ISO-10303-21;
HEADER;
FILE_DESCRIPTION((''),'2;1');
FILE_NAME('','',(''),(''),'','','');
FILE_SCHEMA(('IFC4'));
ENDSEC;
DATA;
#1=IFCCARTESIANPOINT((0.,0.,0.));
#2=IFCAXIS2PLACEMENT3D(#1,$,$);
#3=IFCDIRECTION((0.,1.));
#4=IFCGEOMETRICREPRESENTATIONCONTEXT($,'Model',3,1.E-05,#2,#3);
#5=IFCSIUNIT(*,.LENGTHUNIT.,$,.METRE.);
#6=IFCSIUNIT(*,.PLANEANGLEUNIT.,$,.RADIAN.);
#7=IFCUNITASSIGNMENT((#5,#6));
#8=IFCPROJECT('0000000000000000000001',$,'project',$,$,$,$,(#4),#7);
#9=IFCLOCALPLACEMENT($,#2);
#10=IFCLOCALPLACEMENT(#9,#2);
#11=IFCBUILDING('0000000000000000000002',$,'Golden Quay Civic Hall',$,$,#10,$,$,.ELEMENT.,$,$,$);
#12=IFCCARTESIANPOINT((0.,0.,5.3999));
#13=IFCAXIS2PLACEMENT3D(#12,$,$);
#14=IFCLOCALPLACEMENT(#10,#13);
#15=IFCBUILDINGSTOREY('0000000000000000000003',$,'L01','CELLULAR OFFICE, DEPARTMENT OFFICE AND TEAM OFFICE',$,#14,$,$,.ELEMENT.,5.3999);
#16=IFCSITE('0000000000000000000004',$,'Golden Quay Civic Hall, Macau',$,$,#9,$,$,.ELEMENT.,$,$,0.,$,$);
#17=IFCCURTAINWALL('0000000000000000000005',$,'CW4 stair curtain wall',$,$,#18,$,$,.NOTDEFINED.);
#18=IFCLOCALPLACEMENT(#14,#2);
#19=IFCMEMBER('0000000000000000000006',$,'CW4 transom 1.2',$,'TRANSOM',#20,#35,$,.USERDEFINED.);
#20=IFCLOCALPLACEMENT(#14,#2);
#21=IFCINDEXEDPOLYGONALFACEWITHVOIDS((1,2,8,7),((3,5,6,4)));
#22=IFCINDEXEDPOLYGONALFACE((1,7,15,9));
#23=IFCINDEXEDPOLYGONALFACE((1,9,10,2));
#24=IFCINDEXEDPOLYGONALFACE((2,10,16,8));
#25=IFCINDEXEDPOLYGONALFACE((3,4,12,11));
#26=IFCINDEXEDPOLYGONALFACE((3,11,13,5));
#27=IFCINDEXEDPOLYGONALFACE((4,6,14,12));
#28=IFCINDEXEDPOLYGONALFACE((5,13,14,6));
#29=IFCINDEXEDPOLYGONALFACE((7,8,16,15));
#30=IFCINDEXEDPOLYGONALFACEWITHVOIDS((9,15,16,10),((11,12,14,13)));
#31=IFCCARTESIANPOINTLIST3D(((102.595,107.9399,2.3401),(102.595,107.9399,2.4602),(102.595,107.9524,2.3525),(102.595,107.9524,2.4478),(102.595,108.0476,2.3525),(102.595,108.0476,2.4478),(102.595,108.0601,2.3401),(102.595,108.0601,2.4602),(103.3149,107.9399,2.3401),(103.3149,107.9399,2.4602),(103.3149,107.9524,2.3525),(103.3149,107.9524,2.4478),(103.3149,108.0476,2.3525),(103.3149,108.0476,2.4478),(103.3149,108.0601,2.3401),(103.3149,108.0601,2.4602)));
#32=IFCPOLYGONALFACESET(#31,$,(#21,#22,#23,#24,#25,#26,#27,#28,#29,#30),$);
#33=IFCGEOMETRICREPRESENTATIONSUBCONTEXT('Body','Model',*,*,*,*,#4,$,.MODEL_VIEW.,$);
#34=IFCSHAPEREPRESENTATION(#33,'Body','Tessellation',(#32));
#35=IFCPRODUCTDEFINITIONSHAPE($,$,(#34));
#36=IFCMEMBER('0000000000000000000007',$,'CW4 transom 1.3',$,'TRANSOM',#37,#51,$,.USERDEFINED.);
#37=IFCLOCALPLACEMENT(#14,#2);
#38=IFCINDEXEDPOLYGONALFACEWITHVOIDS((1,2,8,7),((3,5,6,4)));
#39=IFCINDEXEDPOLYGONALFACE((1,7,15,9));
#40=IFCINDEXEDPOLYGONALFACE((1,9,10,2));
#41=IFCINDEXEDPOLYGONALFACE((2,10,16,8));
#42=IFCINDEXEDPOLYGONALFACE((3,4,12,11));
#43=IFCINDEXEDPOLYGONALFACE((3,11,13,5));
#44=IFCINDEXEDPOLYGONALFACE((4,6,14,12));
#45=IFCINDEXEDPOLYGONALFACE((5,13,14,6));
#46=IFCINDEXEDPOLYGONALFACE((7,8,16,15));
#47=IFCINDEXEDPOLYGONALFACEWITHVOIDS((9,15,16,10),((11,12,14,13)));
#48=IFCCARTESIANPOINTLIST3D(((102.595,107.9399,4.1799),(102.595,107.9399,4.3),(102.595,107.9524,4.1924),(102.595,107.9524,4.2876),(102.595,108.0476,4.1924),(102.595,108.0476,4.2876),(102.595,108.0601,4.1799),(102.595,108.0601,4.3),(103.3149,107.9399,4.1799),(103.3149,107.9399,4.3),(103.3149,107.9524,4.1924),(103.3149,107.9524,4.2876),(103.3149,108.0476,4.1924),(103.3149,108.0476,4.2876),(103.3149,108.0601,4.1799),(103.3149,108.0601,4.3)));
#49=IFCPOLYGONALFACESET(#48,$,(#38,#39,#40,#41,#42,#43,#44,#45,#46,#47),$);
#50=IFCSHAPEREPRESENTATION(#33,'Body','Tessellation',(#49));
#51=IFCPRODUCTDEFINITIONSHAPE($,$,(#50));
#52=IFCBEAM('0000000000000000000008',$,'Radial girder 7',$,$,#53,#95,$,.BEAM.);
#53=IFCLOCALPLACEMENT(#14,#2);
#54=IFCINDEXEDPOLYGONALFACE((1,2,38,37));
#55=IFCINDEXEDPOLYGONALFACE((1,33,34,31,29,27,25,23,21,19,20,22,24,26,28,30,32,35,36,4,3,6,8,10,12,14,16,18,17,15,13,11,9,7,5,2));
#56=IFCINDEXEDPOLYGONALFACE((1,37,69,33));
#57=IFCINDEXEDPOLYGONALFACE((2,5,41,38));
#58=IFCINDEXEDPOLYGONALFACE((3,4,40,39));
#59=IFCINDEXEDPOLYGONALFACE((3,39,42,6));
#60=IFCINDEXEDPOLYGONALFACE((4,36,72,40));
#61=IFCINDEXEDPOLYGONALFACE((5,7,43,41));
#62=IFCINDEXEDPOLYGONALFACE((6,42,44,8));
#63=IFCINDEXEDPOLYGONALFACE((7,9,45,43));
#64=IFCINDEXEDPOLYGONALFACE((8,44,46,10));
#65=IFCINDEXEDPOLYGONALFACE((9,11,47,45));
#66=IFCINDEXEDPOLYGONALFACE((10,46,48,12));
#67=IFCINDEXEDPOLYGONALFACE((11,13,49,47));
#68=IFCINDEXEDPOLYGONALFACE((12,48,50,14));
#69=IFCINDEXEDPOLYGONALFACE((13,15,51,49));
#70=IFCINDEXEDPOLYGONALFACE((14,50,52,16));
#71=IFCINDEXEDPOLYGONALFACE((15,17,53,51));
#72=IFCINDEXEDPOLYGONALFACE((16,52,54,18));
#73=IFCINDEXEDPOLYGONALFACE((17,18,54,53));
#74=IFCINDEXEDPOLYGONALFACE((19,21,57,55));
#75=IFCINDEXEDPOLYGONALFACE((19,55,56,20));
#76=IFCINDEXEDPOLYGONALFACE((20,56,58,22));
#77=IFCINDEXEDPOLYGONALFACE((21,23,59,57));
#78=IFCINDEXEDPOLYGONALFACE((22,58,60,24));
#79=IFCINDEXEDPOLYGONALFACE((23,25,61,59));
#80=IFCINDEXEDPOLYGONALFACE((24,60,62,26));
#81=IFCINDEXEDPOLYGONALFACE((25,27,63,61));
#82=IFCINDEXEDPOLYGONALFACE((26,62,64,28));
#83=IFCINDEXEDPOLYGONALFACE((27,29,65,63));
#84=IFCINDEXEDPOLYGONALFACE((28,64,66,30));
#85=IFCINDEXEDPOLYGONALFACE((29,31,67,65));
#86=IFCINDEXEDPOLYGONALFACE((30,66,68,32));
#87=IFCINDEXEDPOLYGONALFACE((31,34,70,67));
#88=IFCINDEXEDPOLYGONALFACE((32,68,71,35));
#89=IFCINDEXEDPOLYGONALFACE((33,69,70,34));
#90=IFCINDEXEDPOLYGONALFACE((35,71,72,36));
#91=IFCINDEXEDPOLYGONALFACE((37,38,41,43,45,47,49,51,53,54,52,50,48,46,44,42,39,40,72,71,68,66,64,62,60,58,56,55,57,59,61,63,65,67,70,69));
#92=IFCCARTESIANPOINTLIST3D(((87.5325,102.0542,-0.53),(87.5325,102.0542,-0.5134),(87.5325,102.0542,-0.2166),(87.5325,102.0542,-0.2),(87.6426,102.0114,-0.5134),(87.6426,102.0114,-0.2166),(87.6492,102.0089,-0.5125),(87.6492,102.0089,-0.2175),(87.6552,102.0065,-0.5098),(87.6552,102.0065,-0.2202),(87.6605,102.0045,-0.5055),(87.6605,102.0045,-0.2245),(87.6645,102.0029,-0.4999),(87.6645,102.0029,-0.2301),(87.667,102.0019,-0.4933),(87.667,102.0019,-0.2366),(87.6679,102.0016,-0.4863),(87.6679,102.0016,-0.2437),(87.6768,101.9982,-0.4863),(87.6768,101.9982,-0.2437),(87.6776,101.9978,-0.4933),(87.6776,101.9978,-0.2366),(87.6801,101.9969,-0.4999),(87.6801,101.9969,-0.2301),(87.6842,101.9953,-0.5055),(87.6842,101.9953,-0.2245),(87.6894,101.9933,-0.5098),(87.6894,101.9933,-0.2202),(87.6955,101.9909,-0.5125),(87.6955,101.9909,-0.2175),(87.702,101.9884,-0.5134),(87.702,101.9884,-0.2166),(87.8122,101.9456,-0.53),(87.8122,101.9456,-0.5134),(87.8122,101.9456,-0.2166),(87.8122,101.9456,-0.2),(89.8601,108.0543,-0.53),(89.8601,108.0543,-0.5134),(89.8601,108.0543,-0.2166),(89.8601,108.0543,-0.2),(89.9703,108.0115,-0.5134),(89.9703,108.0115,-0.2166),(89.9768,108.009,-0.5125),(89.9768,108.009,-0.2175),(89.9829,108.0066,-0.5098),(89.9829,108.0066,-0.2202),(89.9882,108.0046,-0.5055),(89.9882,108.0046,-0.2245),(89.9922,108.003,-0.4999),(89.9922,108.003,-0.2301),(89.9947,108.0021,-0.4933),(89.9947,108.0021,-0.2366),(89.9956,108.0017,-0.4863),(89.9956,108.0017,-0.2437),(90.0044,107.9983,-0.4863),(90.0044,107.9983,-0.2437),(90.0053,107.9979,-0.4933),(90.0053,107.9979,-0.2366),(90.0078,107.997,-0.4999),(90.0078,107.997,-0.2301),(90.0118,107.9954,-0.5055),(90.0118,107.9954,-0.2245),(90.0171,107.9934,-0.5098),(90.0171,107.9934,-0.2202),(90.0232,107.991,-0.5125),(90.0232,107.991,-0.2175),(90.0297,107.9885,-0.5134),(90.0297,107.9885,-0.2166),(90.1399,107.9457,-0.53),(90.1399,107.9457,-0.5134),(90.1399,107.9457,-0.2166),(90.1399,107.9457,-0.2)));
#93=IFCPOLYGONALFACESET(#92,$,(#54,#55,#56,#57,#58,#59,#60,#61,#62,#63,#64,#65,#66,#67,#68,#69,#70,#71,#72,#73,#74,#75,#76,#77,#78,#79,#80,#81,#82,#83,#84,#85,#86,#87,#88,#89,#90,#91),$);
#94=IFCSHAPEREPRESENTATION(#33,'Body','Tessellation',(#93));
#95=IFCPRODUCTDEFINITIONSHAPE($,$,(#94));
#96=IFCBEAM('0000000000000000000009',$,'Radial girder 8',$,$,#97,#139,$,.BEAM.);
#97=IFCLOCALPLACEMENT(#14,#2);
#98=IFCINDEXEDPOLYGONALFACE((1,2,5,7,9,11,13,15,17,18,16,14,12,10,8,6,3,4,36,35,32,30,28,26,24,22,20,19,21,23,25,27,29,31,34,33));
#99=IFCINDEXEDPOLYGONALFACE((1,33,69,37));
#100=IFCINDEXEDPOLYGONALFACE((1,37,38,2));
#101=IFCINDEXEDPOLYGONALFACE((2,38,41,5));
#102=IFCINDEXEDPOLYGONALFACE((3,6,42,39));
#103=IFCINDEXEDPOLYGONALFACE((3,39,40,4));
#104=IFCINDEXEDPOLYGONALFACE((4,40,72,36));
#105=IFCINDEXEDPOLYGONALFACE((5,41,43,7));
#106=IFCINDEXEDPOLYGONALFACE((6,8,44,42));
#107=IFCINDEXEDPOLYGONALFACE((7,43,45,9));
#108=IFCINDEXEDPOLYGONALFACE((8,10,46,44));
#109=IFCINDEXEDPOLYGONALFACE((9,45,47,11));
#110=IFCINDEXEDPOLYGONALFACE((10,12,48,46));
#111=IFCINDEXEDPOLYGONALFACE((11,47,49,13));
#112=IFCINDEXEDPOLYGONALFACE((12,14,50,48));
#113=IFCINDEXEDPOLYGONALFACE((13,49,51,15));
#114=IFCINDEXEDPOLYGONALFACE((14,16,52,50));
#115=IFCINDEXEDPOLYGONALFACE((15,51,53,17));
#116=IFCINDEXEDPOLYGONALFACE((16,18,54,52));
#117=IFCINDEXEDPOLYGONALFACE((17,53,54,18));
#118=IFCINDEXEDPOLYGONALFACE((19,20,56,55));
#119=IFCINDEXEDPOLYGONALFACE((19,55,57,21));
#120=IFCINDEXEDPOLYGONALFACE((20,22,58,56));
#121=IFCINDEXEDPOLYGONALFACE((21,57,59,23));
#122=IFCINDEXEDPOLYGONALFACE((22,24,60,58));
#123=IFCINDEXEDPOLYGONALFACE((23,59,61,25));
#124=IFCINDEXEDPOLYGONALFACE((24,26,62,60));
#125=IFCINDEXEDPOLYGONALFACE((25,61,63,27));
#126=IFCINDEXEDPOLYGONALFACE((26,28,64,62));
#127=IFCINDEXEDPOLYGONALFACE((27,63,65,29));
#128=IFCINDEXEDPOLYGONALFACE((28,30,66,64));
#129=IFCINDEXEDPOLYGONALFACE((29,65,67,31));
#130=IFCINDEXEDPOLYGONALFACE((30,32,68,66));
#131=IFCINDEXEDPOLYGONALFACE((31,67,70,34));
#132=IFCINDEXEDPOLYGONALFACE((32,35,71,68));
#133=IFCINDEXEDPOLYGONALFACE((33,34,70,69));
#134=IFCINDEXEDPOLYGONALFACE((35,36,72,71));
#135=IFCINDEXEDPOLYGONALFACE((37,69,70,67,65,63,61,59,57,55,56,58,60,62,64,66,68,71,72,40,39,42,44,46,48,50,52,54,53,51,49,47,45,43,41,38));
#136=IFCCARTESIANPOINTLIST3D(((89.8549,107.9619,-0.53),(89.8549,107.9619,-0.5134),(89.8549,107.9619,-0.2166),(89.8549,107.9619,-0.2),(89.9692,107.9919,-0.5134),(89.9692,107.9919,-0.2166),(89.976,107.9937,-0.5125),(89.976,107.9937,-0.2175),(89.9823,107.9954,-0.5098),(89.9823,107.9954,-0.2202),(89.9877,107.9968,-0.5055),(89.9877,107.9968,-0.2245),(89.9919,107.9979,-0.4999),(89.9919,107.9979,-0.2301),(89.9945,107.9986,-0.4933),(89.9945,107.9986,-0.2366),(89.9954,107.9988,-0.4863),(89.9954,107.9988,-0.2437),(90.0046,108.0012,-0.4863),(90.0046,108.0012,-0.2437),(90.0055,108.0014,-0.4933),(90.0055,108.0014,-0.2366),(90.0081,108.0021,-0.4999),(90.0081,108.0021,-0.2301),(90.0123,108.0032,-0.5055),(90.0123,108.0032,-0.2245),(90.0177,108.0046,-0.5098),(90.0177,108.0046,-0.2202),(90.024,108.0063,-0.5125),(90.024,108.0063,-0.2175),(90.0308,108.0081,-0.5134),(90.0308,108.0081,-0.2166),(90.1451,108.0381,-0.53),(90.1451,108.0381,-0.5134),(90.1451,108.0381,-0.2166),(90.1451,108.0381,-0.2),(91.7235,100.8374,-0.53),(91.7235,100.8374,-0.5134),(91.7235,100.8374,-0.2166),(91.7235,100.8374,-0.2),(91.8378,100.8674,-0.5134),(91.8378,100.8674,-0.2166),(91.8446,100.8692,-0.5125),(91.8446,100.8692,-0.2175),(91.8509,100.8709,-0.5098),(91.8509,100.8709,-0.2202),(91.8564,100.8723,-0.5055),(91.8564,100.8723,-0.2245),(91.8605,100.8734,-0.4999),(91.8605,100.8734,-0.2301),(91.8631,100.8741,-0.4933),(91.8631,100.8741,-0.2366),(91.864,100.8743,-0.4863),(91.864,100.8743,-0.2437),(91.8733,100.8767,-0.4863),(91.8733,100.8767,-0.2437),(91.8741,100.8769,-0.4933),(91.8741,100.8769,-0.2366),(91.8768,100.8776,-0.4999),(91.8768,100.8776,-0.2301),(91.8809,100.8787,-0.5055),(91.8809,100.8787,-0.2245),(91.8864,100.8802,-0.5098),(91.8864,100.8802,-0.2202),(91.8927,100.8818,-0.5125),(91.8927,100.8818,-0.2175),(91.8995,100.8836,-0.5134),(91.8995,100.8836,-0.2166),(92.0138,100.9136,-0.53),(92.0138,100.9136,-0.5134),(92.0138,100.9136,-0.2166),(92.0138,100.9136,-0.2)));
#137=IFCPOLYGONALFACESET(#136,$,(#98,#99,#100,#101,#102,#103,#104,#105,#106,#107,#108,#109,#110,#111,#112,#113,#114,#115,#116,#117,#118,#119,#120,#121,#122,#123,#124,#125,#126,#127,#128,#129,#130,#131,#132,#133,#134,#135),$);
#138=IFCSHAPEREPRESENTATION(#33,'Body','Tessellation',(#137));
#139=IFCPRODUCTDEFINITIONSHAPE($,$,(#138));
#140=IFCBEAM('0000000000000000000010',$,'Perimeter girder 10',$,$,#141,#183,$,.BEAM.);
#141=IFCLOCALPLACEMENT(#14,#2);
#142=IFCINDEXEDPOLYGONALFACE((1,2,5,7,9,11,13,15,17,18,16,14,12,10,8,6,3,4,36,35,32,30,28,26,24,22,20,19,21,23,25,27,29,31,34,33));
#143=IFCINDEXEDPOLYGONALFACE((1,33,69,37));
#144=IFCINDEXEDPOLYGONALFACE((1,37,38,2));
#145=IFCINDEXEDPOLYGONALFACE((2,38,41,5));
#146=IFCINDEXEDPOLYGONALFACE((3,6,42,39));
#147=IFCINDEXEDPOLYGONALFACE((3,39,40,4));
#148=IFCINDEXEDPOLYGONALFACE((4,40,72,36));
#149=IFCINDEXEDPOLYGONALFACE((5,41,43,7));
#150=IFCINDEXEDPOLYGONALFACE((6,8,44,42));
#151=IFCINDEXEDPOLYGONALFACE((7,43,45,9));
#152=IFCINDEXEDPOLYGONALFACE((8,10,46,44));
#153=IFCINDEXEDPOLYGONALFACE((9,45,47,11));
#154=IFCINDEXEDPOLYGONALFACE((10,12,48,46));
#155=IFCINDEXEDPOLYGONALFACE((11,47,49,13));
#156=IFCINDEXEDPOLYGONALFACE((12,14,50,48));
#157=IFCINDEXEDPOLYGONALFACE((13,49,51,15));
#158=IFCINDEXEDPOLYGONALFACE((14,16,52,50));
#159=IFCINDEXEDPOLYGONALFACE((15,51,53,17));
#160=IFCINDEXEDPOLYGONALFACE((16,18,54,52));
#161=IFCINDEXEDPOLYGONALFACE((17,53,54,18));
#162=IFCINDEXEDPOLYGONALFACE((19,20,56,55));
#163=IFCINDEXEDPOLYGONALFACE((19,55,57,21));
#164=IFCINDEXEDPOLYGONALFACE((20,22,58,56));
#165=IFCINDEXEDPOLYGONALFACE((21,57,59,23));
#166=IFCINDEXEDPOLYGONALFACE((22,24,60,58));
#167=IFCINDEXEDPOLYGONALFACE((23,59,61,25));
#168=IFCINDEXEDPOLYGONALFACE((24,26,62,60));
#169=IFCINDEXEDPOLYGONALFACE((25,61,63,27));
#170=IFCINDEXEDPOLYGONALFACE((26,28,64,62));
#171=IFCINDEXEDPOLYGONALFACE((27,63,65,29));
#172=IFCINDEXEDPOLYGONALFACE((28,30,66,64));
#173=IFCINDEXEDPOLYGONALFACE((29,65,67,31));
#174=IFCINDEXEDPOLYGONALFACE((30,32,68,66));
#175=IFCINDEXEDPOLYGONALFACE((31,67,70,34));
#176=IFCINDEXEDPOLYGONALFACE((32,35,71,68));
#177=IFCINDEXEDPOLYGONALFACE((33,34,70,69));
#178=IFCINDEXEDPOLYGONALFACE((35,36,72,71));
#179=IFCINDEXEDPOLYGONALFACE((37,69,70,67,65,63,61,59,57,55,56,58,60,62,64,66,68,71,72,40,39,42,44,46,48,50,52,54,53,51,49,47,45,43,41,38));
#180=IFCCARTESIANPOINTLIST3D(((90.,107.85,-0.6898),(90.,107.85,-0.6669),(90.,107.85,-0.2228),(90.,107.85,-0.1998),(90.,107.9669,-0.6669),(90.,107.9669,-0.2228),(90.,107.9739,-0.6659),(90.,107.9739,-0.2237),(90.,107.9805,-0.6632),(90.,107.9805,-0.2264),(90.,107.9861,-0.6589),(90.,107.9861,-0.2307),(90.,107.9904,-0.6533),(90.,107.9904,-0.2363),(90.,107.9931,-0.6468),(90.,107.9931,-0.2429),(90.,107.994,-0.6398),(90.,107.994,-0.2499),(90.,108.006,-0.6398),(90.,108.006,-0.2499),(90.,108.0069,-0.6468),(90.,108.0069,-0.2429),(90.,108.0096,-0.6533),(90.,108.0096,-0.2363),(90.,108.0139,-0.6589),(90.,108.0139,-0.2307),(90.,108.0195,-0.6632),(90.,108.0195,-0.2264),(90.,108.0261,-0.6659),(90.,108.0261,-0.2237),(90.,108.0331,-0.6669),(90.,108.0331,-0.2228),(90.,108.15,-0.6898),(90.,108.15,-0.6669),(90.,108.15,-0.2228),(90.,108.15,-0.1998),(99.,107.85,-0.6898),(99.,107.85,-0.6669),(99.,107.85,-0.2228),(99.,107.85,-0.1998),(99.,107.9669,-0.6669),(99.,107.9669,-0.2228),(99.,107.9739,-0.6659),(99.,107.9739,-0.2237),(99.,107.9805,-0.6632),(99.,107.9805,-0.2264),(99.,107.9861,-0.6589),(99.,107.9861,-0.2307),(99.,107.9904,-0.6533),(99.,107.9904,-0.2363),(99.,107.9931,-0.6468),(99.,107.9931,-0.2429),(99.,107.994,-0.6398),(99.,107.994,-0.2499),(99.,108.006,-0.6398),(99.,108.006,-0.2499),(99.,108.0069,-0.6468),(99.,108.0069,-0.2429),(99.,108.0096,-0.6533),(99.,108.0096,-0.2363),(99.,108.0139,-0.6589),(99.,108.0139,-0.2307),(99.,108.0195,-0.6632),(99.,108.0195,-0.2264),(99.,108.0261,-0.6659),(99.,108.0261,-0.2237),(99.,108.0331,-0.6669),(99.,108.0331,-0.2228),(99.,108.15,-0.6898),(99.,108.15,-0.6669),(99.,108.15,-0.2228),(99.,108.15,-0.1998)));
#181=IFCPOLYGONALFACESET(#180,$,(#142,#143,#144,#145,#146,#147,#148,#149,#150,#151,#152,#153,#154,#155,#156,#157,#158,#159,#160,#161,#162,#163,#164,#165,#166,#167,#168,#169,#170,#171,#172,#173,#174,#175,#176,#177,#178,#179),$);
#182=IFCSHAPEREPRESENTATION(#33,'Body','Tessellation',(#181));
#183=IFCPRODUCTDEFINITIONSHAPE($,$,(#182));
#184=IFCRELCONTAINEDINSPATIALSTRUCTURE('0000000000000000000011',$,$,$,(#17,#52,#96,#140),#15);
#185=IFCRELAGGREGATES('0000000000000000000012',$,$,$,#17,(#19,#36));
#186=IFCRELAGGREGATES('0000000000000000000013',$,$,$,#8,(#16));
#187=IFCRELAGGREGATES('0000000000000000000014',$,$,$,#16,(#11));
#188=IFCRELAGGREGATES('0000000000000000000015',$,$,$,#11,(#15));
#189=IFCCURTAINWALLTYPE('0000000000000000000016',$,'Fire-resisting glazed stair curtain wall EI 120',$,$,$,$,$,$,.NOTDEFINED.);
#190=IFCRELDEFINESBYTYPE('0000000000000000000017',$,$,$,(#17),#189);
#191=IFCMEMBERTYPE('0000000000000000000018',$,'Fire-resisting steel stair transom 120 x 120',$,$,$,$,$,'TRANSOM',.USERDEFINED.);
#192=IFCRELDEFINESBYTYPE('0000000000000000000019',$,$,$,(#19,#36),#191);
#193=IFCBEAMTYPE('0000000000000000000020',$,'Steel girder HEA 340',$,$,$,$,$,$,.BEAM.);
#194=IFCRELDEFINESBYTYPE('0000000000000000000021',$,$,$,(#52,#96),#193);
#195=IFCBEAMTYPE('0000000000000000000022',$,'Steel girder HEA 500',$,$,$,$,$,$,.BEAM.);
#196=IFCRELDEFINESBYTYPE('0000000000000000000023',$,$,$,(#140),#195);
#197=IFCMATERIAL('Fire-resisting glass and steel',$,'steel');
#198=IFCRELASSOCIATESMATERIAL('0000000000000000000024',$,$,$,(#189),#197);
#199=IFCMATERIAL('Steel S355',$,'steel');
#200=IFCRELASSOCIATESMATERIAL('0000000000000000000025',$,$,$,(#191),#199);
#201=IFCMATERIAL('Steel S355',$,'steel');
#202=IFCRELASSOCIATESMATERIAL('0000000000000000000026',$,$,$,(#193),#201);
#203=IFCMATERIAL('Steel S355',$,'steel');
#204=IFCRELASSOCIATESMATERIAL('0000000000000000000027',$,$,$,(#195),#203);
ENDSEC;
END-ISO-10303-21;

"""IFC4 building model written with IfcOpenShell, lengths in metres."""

from ifc_helpers import new_model, si_unit, direction, frame, origin, origin_2d, place, context, subcontext, project, spatial, hollow_rectangle, i_section, extrude, material, material_profile, profile_set, type_object, element, aggregate, save


model = new_model("IFC4")

# Units and contexts
model_context = context("Model", 3, precision=1e-05, world=origin(), true_north=direction((0.0, 1.0)))
body_context = subcontext(model_context, "Body", "Model", "MODEL_VIEW")
ifc_project = project(units=[si_unit("LENGTHUNIT", "METRE"), si_unit("PLANEANGLEUNIT", "RADIAN")], contexts=[model_context])

# Site, building, storey
site_placement = place(None, origin())
site = spatial("IfcSite", under=ifc_project, at=site_placement, Name="Golden Quay Civic Hall, Macau", CompositionType="ELEMENT", RefElevation=0.0)
building_placement = place(site_placement, origin())
building = spatial("IfcBuilding", under=site, at=building_placement, Name="Golden Quay Civic Hall", CompositionType="ELEMENT")
storey_placement = place(building_placement, frame((0.0, 0.0, 5.3999)))
storey = spatial("IfcBuildingStorey", under=building, at=storey_placement, Name="L01", Description="CELLULAR OFFICE, DEPARTMENT OFFICE AND TEAM OFFICE", CompositionType="ELEMENT", Elevation=5.3999)

# Curtain wall, members
ifc_material_1 = material(Name="Fire-resisting glass and steel", Category="steel")
curtain_wall_type = type_object("IfcCurtainWallType", Name="Fire-resisting glazed stair curtain wall EI 120", PredefinedType="NOTDEFINED", material=ifc_material_1)
curtain_wall_placement = place(storey_placement, origin())
curtain_wall = element("IfcCurtainWall", 1, at=curtain_wall_placement, inside=storey, type_object=curtain_wall_type, Name="CW4 stair curtain wall", PredefinedType="NOTDEFINED")
ifc_material_2 = material(Name="Steel S355", Category="steel")
ifc_material_profile_1 = material_profile(ifc_material_2, hollow_rectangle(XDim=0.1201, YDim=0.1201, WallThickness=0.0125, at=origin_2d()), Name="SHS 120x120x12.5")
ifc_profile_set_1 = profile_set([ifc_material_profile_1], Name="Steel S355")
member_type_1 = type_object("IfcMemberType", Name="Fire-resisting steel stair transom 120 x 120", ElementType="TRANSOM", PredefinedType="USERDEFINED", material=ifc_profile_set_1)
member_1_placement = place(storey_placement, frame((102.595, 108.0, 2.4001), z_axis=(1.0, 0.0, 0.0), x_axis=(0.0, 1.0, 0.0)))
member_1 = element("IfcMember", 2, at=member_1_placement, type_object=member_type_1, Name="CW4 transom 1.2", ObjectType="TRANSOM", PredefinedType="USERDEFINED", context=body_context, shape_type="SweptSolid", body=[
    extrude(hollow_rectangle(XDim=0.1201, YDim=0.1201, WallThickness=0.0125, at=origin_2d()), origin(), (0.0, 0.0, 1.0), 0.72),
])
member_2_placement = place(storey_placement, frame((102.595, 108.0, 4.24), z_axis=(1.0, 0.0, 0.0), x_axis=(0.0, 1.0, 0.0)))
member_2 = element("IfcMember", 3, at=member_2_placement, type_object=member_type_1, Name="CW4 transom 1.3", ObjectType="TRANSOM", PredefinedType="USERDEFINED", context=body_context, shape_type="SweptSolid", body=[
    extrude(hollow_rectangle(XDim=0.1201, YDim=0.1201, WallThickness=0.0125, at=origin_2d()), origin(), (0.0, 0.0, 1.0), 0.72),
])
aggregate(curtain_wall, [member_1, member_2])

# Beams
ifc_material_3 = material(Name="Steel S355", Category="steel")
ifc_material_profile_2 = material_profile(ifc_material_3, i_section(OverallWidth=0.3, OverallDepth=0.3301, WebThickness=0.0095, FlangeThickness=0.0166, FilletRadius=0.0271, at=origin_2d()), Name="HEA 340")
ifc_profile_set_2 = profile_set([ifc_material_profile_2], Name="Steel S355")
beam_type_1 = type_object("IfcBeamType", Name="Steel girder HEA 340", PredefinedType="BEAM", material=ifc_profile_set_2)
beam_1_placement = place(storey_placement, frame((90.0, 108.0, -0.365), z_axis=(-0.361677, -0.932303, 0.0), x_axis=(0.932303, -0.361677, 0.0)))
element("IfcBeam", 4, at=beam_1_placement, inside=storey, type_object=beam_type_1, Name="Radial girder 7", PredefinedType="BEAM", context=body_context, shape_type="SweptSolid", body=[
    extrude(i_section(OverallWidth=0.3, OverallDepth=0.3301, WebThickness=0.0095, FlangeThickness=0.0166, FilletRadius=0.0271, at=origin_2d()), origin(), (0.0, 0.0, 1.0), 6.4358),
])
beam_2_placement = place(storey_placement, frame((90.0, 108.0, -0.365), z_axis=(0.253704, -0.967282, 0.0), x_axis=(0.967282, 0.253704, 0.0)))
element("IfcBeam", 5, at=beam_2_placement, inside=storey, type_object=beam_type_1, Name="Radial girder 8", PredefinedType="BEAM", context=body_context, shape_type="SweptSolid", body=[
    extrude(i_section(OverallWidth=0.3, OverallDepth=0.3301, WebThickness=0.0095, FlangeThickness=0.0166, FilletRadius=0.0271, at=origin_2d()), origin(), (0.0, 0.0, 1.0), 7.3655),
])
ifc_material_4 = material(Name="Steel S355", Category="steel")
ifc_material_profile_3 = material_profile(ifc_material_4, i_section(OverallWidth=0.3, OverallDepth=0.49, WebThickness=0.012, FlangeThickness=0.0229, FilletRadius=0.0271, at=origin_2d()), Name="HEA 500")
ifc_profile_set_3 = profile_set([ifc_material_profile_3], Name="Steel S355")
beam_type_2 = type_object("IfcBeamType", Name="Steel girder HEA 500", PredefinedType="BEAM", material=ifc_profile_set_3)
beam_3_placement = place(storey_placement, frame((90.0, 108.0, -0.4448), z_axis=(1.0, 0.0, 0.0), x_axis=(0.0, 1.0, 0.0)))
element("IfcBeam", 6, at=beam_3_placement, inside=storey, type_object=beam_type_2, Name="Perimeter girder 10", PredefinedType="BEAM", context=body_context, shape_type="SweptSolid", body=[
    extrude(i_section(OverallWidth=0.3, OverallDepth=0.49, WebThickness=0.012, FlangeThickness=0.0229, FilletRadius=0.0271, at=origin_2d()), origin(), (0.0, 0.0, 1.0), 9.0),
])

save(model, "model.ifc")
